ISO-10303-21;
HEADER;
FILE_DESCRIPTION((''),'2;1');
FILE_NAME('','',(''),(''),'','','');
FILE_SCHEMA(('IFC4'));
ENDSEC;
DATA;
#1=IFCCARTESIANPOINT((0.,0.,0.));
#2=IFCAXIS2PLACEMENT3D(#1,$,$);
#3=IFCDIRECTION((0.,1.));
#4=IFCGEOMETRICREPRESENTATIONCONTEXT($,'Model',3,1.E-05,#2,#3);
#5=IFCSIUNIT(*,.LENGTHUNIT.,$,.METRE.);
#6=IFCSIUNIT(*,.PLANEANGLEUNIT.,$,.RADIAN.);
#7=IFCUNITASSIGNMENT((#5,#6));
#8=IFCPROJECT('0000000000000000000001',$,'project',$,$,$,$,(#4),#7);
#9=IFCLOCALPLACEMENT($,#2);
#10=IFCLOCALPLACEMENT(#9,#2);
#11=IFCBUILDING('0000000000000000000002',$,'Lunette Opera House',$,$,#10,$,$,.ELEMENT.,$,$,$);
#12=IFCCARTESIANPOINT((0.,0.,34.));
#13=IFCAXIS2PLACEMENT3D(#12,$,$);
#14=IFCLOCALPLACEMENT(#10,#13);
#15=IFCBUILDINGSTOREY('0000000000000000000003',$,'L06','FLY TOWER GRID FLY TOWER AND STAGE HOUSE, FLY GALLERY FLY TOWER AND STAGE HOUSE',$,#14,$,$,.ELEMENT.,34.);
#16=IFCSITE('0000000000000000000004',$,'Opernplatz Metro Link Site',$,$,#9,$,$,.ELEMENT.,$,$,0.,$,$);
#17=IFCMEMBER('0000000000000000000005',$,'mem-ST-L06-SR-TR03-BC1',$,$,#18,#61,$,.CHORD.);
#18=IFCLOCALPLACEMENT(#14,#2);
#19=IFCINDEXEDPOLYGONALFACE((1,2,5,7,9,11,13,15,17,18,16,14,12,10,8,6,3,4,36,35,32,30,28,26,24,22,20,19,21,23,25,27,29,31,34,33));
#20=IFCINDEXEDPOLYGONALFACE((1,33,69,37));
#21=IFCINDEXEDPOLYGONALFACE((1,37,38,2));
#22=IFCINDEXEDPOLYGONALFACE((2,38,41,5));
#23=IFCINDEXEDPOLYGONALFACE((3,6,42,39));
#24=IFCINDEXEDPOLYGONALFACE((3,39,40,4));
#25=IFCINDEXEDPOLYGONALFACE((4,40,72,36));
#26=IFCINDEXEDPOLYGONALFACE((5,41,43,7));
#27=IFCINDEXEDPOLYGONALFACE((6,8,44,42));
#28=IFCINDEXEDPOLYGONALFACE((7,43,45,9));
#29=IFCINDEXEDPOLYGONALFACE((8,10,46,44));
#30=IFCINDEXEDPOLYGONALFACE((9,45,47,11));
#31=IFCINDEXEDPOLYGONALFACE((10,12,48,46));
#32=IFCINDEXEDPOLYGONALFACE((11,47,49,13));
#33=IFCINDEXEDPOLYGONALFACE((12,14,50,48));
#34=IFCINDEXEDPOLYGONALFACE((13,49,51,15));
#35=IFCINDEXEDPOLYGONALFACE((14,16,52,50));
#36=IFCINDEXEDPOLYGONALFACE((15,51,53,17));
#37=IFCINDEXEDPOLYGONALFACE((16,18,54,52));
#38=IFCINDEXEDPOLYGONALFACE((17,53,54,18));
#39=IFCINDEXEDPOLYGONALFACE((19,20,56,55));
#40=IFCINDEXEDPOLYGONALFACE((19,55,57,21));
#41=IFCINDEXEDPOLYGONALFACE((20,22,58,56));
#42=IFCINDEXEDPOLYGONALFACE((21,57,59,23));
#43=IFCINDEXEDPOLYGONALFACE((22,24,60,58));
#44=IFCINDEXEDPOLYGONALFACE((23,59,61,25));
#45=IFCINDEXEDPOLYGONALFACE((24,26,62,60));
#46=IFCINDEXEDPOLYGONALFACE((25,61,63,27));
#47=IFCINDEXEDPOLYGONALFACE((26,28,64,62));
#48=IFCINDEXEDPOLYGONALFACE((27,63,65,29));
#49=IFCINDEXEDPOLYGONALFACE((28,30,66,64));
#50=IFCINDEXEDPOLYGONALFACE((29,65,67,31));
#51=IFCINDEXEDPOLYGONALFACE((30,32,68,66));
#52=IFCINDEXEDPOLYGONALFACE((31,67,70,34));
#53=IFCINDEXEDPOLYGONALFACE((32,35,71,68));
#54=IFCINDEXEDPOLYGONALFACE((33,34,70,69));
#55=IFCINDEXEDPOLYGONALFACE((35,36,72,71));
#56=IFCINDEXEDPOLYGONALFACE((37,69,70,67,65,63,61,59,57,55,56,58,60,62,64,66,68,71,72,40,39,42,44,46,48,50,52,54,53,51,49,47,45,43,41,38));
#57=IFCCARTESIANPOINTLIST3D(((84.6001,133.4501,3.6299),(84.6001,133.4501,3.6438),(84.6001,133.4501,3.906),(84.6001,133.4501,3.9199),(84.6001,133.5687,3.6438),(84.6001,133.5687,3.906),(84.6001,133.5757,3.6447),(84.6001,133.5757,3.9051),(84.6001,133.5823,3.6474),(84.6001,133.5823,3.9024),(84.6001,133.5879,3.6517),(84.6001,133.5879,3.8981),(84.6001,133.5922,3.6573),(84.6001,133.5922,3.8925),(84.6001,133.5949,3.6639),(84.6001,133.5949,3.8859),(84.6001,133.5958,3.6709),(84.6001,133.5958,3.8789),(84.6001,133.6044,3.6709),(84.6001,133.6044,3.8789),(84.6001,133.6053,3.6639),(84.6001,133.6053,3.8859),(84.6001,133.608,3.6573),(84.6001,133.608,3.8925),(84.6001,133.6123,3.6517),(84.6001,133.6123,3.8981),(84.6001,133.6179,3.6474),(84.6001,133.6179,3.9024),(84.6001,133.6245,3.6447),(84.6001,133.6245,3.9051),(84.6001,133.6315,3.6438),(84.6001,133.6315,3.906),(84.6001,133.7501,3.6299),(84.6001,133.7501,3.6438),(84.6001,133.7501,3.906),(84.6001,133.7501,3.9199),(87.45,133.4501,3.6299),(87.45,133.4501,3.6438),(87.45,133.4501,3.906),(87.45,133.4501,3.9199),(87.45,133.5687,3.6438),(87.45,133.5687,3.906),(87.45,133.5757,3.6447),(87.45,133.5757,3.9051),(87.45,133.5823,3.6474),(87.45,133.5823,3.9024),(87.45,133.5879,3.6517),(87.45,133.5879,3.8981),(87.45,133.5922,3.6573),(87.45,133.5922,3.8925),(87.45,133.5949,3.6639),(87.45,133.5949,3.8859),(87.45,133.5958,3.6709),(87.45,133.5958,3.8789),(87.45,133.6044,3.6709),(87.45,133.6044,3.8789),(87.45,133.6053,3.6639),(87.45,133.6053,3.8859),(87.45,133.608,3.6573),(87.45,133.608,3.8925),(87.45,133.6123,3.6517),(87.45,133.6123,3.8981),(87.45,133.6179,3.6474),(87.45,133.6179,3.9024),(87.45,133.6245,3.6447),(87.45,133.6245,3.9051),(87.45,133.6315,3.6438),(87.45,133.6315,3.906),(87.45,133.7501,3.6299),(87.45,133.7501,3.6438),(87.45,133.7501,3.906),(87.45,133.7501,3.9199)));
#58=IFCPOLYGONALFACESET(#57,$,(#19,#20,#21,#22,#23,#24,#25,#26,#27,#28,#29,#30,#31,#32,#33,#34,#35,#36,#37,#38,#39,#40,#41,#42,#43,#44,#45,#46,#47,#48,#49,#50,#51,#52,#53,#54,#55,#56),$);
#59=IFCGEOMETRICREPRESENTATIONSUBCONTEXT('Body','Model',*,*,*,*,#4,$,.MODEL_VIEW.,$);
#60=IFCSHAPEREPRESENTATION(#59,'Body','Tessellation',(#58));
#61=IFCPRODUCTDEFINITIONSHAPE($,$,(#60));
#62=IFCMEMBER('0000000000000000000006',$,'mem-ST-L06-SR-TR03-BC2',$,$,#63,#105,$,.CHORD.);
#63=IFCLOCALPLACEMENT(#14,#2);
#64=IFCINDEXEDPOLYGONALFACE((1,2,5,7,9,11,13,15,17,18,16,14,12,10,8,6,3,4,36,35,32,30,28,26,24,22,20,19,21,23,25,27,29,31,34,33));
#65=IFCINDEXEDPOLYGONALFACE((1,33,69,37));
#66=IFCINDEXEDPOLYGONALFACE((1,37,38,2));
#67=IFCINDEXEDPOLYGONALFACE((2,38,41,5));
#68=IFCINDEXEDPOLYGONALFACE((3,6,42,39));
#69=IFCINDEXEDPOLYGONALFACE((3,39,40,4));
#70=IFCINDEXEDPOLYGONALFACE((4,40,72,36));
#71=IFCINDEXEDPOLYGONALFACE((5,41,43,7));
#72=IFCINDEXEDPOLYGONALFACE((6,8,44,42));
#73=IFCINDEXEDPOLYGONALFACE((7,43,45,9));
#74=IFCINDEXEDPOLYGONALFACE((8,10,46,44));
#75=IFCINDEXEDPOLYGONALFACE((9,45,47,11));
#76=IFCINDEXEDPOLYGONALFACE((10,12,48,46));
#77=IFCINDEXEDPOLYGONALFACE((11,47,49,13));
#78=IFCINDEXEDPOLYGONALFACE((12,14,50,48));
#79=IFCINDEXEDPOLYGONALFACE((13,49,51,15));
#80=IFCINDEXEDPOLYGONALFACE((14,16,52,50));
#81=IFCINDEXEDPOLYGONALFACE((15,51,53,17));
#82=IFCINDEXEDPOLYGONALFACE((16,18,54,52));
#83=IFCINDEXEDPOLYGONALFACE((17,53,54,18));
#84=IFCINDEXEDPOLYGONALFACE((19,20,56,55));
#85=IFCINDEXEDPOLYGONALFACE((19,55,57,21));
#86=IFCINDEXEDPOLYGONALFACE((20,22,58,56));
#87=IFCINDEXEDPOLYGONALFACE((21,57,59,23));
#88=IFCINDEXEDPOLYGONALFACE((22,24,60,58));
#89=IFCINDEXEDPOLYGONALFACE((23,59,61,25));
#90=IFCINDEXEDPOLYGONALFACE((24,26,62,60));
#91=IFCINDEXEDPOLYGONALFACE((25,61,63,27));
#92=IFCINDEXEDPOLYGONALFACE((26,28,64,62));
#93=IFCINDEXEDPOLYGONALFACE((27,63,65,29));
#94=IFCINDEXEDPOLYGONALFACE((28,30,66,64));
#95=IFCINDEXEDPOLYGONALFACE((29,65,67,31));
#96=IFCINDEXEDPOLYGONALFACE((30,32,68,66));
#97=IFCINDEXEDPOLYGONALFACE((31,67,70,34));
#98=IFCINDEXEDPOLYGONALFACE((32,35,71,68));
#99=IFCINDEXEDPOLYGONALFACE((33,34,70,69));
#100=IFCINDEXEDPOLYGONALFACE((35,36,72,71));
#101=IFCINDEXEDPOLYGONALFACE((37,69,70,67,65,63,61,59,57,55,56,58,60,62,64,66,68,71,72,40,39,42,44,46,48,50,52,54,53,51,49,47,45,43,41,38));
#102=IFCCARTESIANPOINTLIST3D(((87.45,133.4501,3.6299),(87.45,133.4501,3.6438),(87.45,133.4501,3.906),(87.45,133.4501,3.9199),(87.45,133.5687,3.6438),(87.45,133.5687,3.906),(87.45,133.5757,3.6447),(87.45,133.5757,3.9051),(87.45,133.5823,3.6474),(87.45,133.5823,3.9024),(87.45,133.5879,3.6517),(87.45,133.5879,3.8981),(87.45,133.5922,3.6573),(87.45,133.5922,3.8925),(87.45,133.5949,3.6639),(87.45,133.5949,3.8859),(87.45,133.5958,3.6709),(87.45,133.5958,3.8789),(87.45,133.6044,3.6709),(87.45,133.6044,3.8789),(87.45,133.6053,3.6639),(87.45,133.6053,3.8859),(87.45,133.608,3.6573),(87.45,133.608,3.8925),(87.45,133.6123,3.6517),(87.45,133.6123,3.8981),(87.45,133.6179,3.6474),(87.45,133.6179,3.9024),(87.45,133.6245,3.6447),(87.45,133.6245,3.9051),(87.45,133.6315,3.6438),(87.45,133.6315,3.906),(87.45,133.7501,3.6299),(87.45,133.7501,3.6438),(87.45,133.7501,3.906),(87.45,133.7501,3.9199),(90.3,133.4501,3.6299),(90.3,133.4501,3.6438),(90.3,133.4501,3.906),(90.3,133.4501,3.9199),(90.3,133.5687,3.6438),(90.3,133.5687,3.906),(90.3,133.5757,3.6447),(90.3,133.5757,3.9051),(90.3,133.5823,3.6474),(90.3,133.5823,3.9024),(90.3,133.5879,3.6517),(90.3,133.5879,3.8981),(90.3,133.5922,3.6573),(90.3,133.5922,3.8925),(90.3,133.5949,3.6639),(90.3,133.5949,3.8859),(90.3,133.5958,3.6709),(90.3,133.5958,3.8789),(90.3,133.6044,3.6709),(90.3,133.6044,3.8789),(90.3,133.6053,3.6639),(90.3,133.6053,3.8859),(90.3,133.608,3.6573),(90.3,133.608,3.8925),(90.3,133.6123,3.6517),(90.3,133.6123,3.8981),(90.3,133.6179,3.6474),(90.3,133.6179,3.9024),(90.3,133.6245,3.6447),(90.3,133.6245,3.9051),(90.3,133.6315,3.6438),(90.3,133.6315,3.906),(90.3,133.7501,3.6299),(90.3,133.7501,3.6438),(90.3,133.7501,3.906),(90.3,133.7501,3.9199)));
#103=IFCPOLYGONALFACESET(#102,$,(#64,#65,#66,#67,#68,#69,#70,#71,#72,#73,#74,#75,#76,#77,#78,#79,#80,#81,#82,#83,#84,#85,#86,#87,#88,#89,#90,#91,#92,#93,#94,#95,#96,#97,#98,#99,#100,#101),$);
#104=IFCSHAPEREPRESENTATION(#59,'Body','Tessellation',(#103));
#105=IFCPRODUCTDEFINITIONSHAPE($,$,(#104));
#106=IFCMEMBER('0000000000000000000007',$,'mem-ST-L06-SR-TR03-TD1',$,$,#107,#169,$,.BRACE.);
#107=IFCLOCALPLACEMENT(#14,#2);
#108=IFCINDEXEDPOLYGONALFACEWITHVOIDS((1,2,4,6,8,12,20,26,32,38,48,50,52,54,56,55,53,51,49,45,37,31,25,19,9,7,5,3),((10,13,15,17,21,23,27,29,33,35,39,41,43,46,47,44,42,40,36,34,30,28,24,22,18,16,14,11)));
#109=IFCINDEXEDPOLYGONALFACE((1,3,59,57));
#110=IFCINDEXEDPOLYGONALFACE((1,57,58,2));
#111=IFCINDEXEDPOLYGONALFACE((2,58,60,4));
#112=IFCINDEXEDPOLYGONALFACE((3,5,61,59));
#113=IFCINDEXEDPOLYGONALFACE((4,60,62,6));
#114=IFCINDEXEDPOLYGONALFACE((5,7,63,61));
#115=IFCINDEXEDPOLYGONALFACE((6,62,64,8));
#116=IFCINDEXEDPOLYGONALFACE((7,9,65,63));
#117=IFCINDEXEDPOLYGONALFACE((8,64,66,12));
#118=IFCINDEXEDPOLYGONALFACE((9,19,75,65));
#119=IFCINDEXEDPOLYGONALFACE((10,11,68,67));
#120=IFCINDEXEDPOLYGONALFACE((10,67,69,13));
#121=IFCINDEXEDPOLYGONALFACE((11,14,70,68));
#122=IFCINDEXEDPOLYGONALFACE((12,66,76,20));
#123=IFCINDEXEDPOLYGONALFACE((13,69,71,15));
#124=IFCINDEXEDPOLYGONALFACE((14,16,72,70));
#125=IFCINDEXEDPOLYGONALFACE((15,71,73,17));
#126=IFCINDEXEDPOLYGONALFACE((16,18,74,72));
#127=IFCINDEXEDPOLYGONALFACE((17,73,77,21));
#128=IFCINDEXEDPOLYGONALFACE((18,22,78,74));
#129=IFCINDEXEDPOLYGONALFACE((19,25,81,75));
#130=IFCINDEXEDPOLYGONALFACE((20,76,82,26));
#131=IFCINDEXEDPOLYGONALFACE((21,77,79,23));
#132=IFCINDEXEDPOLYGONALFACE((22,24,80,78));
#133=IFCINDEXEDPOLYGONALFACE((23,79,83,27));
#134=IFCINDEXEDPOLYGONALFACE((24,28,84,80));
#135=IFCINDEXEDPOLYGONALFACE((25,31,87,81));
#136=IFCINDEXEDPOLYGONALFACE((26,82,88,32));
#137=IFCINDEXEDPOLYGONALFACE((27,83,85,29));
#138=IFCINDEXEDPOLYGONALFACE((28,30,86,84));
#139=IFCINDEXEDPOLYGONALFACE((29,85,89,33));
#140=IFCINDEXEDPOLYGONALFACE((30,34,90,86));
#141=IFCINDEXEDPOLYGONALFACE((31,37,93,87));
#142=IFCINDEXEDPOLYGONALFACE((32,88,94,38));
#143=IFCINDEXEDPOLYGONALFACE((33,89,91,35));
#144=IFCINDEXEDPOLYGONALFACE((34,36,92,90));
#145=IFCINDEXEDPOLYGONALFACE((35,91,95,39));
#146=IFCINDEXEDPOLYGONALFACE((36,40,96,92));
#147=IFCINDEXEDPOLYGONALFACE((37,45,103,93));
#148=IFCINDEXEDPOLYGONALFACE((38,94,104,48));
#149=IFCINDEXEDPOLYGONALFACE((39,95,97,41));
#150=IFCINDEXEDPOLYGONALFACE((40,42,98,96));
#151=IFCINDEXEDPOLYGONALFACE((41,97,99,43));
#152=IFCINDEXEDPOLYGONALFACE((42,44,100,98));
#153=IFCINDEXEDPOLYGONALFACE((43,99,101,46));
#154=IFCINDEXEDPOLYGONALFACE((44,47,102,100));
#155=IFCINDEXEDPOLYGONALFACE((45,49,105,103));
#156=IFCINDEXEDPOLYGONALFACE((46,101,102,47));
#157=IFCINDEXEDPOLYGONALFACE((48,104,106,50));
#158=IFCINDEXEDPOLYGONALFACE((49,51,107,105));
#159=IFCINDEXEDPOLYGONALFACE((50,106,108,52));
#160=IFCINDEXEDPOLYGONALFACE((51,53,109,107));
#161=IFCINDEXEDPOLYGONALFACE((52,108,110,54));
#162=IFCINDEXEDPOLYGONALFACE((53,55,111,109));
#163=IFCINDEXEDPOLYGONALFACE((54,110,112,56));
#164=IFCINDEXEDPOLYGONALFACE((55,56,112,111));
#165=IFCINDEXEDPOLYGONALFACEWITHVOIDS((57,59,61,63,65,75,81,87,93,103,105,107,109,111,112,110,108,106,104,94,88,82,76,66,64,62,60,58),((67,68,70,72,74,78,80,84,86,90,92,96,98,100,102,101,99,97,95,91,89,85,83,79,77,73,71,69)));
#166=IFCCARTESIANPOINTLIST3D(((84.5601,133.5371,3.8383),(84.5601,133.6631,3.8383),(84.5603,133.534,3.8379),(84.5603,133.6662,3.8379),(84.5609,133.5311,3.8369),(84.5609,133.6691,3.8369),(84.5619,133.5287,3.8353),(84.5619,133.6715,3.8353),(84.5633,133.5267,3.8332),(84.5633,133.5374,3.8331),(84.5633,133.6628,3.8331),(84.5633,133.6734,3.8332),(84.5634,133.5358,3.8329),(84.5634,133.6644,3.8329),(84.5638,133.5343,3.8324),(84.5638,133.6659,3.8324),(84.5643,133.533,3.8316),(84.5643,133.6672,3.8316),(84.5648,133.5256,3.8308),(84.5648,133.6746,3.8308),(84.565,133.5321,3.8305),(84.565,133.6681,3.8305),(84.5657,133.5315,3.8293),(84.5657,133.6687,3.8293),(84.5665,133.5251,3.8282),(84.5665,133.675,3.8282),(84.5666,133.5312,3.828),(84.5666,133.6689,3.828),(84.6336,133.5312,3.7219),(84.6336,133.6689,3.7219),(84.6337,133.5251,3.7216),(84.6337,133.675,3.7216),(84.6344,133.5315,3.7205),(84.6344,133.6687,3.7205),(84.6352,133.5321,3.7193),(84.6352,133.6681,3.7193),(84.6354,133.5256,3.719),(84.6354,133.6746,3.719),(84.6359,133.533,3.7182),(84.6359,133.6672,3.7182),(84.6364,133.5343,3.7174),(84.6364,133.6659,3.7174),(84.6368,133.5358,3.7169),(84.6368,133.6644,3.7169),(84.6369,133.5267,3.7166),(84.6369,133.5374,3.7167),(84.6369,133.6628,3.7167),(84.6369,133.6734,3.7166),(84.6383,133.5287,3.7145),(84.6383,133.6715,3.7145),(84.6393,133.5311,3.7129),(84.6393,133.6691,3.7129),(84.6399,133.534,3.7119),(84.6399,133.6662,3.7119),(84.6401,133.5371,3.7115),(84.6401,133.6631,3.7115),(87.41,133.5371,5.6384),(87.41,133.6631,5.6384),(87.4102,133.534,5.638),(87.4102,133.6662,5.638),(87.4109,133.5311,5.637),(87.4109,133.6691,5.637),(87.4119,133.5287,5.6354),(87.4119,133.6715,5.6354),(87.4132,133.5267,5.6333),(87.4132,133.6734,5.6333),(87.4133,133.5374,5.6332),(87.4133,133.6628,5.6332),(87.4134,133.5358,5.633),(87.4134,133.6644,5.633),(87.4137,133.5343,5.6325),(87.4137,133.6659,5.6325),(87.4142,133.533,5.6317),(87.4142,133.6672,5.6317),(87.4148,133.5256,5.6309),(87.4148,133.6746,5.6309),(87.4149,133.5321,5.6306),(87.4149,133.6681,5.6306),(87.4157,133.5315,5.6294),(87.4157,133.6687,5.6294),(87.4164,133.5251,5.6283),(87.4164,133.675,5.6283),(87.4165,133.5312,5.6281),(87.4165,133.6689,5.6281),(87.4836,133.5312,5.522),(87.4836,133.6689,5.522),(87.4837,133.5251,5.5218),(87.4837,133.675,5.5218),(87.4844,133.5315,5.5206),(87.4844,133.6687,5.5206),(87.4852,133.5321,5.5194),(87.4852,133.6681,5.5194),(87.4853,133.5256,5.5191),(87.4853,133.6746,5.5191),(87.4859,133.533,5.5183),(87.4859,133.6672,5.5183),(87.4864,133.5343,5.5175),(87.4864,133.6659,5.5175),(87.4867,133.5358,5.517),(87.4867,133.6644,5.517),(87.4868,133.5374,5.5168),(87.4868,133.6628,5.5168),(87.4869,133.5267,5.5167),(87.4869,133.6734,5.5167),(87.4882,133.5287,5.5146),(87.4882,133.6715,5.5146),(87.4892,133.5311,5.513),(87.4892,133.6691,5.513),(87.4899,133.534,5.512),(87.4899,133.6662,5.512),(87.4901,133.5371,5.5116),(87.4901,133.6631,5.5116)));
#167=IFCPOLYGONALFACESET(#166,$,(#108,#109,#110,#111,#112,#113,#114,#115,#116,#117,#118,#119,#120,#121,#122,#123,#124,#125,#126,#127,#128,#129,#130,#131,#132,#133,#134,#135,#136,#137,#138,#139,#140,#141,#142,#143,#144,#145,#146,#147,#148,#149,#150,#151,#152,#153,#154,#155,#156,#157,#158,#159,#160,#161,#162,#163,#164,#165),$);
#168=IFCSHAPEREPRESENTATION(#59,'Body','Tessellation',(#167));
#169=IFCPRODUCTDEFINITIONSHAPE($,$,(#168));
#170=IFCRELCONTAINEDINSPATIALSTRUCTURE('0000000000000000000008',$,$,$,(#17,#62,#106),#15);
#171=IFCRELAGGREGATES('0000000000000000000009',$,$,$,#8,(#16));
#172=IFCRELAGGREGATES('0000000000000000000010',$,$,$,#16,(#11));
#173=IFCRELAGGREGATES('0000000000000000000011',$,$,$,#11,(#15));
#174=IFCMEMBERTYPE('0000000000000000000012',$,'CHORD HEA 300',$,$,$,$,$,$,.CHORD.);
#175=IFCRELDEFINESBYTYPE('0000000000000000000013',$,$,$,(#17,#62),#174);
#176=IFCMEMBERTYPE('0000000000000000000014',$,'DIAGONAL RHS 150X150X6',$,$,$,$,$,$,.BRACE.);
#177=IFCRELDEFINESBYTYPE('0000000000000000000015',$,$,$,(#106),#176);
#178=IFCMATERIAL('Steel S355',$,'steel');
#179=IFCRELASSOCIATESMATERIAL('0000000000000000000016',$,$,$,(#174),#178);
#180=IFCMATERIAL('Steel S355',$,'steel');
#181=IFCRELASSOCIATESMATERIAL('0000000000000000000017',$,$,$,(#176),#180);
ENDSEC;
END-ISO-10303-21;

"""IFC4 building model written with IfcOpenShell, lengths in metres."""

from ifc_helpers import new_model, si_unit, direction, frame, origin, origin_2d, place, context, subcontext, project, spatial, hollow_rectangle, i_section, extrude, material, material_profile, profile_set, type_object, element, save


model = new_model("IFC4")

# Units and contexts
model_context = context("Model", 3, precision=1e-05, world=origin(), true_north=direction((0.0, 1.0)))
body_context = subcontext(model_context, "Body", "Model", "MODEL_VIEW")
ifc_project = project(units=[si_unit("LENGTHUNIT", "METRE"), si_unit("PLANEANGLEUNIT", "RADIAN")], contexts=[model_context])

# Site, building, storey
site_placement = place(None, origin())
site = spatial("IfcSite", under=ifc_project, at=site_placement, Name="Opernplatz Metro Link Site", CompositionType="ELEMENT", RefElevation=0.0)
building_placement = place(site_placement, origin())
building = spatial("IfcBuilding", under=site, at=building_placement, Name="Lunette Opera House", CompositionType="ELEMENT")
storey_placement = place(building_placement, frame((0.0, 0.0, 34.0)))
storey = spatial("IfcBuildingStorey", under=building, at=storey_placement, Name="L06", Description="FLY TOWER GRID FLY TOWER AND STAGE HOUSE, FLY GALLERY FLY TOWER AND STAGE HOUSE", CompositionType="ELEMENT", Elevation=34.0)

# Members
ifc_material_1 = material(Name="Steel S355", Category="steel")
ifc_material_profile_1 = material_profile(ifc_material_1, i_section(OverallWidth=0.3, OverallDepth=0.29, WebThickness=0.0085, FlangeThickness=0.0139, FilletRadius=0.0271, at=origin_2d()), Name="HEA 300")
ifc_profile_set_1 = profile_set([ifc_material_profile_1], Name="Steel S355")
member_type_1 = type_object("IfcMemberType", Name="CHORD HEA 300", PredefinedType="CHORD", material=ifc_profile_set_1)
member_1_placement = place(storey_placement, frame((84.6001, 133.6001, 3.7749), z_axis=(1.0, 0.0, 0.0), x_axis=(0.0, 1.0, 0.0)))
element("IfcMember", 1, at=member_1_placement, inside=storey, type_object=member_type_1, Name="mem-ST-L06-SR-TR03-BC1", PredefinedType="CHORD", context=body_context, shape_type="SweptSolid", body=[
    extrude(i_section(OverallWidth=0.3, OverallDepth=0.29, WebThickness=0.0085, FlangeThickness=0.0139, FilletRadius=0.0271, at=origin_2d()), origin(), (0.0, 0.0, 1.0), 2.8499),
])
member_2_placement = place(storey_placement, frame((87.45, 133.6001, 3.7749), z_axis=(1.0, 0.0, 0.0), x_axis=(0.0, 1.0, 0.0)))
element("IfcMember", 2, at=member_2_placement, inside=storey, type_object=member_type_1, Name="mem-ST-L06-SR-TR03-BC2", PredefinedType="CHORD", context=body_context, shape_type="SweptSolid", body=[
    extrude(i_section(OverallWidth=0.3, OverallDepth=0.29, WebThickness=0.0085, FlangeThickness=0.0139, FilletRadius=0.0271, at=origin_2d()), origin(), (0.0, 0.0, 1.0), 2.8501),
])
ifc_material_2 = material(Name="Steel S355", Category="steel")
ifc_material_profile_2 = material_profile(ifc_material_2, hollow_rectangle(XDim=0.1499, YDim=0.1499, WallThickness=0.0061, InnerFilletRadius=0.0061, OuterFilletRadius=0.012, at=origin_2d()), Name="RHS 150X150X6")
ifc_profile_set_2 = profile_set([ifc_material_profile_2], Name="Steel S355")
member_type_2 = type_object("IfcMemberType", Name="DIAGONAL RHS 150X150X6", PredefinedType="BRACE", material=ifc_profile_set_2)
member_3_placement = place(storey_placement, frame((84.6001, 133.6001, 3.7749), z_axis=(0.84547, 0.0, 0.534023), x_axis=(0.0, 1.0, 0.0)))
element("IfcMember", 3, at=member_3_placement, inside=storey, type_object=member_type_2, Name="mem-ST-L06-SR-TR03-TD1", PredefinedType="BRACE", context=body_context, shape_type="SweptSolid", body=[
    extrude(hollow_rectangle(XDim=0.1499, YDim=0.1499, WallThickness=0.0061, InnerFilletRadius=0.0061, OuterFilletRadius=0.012, at=origin_2d()), origin(), (0.0, 0.0, 1.0), 3.3708),
])

save(model, "model.ifc")
